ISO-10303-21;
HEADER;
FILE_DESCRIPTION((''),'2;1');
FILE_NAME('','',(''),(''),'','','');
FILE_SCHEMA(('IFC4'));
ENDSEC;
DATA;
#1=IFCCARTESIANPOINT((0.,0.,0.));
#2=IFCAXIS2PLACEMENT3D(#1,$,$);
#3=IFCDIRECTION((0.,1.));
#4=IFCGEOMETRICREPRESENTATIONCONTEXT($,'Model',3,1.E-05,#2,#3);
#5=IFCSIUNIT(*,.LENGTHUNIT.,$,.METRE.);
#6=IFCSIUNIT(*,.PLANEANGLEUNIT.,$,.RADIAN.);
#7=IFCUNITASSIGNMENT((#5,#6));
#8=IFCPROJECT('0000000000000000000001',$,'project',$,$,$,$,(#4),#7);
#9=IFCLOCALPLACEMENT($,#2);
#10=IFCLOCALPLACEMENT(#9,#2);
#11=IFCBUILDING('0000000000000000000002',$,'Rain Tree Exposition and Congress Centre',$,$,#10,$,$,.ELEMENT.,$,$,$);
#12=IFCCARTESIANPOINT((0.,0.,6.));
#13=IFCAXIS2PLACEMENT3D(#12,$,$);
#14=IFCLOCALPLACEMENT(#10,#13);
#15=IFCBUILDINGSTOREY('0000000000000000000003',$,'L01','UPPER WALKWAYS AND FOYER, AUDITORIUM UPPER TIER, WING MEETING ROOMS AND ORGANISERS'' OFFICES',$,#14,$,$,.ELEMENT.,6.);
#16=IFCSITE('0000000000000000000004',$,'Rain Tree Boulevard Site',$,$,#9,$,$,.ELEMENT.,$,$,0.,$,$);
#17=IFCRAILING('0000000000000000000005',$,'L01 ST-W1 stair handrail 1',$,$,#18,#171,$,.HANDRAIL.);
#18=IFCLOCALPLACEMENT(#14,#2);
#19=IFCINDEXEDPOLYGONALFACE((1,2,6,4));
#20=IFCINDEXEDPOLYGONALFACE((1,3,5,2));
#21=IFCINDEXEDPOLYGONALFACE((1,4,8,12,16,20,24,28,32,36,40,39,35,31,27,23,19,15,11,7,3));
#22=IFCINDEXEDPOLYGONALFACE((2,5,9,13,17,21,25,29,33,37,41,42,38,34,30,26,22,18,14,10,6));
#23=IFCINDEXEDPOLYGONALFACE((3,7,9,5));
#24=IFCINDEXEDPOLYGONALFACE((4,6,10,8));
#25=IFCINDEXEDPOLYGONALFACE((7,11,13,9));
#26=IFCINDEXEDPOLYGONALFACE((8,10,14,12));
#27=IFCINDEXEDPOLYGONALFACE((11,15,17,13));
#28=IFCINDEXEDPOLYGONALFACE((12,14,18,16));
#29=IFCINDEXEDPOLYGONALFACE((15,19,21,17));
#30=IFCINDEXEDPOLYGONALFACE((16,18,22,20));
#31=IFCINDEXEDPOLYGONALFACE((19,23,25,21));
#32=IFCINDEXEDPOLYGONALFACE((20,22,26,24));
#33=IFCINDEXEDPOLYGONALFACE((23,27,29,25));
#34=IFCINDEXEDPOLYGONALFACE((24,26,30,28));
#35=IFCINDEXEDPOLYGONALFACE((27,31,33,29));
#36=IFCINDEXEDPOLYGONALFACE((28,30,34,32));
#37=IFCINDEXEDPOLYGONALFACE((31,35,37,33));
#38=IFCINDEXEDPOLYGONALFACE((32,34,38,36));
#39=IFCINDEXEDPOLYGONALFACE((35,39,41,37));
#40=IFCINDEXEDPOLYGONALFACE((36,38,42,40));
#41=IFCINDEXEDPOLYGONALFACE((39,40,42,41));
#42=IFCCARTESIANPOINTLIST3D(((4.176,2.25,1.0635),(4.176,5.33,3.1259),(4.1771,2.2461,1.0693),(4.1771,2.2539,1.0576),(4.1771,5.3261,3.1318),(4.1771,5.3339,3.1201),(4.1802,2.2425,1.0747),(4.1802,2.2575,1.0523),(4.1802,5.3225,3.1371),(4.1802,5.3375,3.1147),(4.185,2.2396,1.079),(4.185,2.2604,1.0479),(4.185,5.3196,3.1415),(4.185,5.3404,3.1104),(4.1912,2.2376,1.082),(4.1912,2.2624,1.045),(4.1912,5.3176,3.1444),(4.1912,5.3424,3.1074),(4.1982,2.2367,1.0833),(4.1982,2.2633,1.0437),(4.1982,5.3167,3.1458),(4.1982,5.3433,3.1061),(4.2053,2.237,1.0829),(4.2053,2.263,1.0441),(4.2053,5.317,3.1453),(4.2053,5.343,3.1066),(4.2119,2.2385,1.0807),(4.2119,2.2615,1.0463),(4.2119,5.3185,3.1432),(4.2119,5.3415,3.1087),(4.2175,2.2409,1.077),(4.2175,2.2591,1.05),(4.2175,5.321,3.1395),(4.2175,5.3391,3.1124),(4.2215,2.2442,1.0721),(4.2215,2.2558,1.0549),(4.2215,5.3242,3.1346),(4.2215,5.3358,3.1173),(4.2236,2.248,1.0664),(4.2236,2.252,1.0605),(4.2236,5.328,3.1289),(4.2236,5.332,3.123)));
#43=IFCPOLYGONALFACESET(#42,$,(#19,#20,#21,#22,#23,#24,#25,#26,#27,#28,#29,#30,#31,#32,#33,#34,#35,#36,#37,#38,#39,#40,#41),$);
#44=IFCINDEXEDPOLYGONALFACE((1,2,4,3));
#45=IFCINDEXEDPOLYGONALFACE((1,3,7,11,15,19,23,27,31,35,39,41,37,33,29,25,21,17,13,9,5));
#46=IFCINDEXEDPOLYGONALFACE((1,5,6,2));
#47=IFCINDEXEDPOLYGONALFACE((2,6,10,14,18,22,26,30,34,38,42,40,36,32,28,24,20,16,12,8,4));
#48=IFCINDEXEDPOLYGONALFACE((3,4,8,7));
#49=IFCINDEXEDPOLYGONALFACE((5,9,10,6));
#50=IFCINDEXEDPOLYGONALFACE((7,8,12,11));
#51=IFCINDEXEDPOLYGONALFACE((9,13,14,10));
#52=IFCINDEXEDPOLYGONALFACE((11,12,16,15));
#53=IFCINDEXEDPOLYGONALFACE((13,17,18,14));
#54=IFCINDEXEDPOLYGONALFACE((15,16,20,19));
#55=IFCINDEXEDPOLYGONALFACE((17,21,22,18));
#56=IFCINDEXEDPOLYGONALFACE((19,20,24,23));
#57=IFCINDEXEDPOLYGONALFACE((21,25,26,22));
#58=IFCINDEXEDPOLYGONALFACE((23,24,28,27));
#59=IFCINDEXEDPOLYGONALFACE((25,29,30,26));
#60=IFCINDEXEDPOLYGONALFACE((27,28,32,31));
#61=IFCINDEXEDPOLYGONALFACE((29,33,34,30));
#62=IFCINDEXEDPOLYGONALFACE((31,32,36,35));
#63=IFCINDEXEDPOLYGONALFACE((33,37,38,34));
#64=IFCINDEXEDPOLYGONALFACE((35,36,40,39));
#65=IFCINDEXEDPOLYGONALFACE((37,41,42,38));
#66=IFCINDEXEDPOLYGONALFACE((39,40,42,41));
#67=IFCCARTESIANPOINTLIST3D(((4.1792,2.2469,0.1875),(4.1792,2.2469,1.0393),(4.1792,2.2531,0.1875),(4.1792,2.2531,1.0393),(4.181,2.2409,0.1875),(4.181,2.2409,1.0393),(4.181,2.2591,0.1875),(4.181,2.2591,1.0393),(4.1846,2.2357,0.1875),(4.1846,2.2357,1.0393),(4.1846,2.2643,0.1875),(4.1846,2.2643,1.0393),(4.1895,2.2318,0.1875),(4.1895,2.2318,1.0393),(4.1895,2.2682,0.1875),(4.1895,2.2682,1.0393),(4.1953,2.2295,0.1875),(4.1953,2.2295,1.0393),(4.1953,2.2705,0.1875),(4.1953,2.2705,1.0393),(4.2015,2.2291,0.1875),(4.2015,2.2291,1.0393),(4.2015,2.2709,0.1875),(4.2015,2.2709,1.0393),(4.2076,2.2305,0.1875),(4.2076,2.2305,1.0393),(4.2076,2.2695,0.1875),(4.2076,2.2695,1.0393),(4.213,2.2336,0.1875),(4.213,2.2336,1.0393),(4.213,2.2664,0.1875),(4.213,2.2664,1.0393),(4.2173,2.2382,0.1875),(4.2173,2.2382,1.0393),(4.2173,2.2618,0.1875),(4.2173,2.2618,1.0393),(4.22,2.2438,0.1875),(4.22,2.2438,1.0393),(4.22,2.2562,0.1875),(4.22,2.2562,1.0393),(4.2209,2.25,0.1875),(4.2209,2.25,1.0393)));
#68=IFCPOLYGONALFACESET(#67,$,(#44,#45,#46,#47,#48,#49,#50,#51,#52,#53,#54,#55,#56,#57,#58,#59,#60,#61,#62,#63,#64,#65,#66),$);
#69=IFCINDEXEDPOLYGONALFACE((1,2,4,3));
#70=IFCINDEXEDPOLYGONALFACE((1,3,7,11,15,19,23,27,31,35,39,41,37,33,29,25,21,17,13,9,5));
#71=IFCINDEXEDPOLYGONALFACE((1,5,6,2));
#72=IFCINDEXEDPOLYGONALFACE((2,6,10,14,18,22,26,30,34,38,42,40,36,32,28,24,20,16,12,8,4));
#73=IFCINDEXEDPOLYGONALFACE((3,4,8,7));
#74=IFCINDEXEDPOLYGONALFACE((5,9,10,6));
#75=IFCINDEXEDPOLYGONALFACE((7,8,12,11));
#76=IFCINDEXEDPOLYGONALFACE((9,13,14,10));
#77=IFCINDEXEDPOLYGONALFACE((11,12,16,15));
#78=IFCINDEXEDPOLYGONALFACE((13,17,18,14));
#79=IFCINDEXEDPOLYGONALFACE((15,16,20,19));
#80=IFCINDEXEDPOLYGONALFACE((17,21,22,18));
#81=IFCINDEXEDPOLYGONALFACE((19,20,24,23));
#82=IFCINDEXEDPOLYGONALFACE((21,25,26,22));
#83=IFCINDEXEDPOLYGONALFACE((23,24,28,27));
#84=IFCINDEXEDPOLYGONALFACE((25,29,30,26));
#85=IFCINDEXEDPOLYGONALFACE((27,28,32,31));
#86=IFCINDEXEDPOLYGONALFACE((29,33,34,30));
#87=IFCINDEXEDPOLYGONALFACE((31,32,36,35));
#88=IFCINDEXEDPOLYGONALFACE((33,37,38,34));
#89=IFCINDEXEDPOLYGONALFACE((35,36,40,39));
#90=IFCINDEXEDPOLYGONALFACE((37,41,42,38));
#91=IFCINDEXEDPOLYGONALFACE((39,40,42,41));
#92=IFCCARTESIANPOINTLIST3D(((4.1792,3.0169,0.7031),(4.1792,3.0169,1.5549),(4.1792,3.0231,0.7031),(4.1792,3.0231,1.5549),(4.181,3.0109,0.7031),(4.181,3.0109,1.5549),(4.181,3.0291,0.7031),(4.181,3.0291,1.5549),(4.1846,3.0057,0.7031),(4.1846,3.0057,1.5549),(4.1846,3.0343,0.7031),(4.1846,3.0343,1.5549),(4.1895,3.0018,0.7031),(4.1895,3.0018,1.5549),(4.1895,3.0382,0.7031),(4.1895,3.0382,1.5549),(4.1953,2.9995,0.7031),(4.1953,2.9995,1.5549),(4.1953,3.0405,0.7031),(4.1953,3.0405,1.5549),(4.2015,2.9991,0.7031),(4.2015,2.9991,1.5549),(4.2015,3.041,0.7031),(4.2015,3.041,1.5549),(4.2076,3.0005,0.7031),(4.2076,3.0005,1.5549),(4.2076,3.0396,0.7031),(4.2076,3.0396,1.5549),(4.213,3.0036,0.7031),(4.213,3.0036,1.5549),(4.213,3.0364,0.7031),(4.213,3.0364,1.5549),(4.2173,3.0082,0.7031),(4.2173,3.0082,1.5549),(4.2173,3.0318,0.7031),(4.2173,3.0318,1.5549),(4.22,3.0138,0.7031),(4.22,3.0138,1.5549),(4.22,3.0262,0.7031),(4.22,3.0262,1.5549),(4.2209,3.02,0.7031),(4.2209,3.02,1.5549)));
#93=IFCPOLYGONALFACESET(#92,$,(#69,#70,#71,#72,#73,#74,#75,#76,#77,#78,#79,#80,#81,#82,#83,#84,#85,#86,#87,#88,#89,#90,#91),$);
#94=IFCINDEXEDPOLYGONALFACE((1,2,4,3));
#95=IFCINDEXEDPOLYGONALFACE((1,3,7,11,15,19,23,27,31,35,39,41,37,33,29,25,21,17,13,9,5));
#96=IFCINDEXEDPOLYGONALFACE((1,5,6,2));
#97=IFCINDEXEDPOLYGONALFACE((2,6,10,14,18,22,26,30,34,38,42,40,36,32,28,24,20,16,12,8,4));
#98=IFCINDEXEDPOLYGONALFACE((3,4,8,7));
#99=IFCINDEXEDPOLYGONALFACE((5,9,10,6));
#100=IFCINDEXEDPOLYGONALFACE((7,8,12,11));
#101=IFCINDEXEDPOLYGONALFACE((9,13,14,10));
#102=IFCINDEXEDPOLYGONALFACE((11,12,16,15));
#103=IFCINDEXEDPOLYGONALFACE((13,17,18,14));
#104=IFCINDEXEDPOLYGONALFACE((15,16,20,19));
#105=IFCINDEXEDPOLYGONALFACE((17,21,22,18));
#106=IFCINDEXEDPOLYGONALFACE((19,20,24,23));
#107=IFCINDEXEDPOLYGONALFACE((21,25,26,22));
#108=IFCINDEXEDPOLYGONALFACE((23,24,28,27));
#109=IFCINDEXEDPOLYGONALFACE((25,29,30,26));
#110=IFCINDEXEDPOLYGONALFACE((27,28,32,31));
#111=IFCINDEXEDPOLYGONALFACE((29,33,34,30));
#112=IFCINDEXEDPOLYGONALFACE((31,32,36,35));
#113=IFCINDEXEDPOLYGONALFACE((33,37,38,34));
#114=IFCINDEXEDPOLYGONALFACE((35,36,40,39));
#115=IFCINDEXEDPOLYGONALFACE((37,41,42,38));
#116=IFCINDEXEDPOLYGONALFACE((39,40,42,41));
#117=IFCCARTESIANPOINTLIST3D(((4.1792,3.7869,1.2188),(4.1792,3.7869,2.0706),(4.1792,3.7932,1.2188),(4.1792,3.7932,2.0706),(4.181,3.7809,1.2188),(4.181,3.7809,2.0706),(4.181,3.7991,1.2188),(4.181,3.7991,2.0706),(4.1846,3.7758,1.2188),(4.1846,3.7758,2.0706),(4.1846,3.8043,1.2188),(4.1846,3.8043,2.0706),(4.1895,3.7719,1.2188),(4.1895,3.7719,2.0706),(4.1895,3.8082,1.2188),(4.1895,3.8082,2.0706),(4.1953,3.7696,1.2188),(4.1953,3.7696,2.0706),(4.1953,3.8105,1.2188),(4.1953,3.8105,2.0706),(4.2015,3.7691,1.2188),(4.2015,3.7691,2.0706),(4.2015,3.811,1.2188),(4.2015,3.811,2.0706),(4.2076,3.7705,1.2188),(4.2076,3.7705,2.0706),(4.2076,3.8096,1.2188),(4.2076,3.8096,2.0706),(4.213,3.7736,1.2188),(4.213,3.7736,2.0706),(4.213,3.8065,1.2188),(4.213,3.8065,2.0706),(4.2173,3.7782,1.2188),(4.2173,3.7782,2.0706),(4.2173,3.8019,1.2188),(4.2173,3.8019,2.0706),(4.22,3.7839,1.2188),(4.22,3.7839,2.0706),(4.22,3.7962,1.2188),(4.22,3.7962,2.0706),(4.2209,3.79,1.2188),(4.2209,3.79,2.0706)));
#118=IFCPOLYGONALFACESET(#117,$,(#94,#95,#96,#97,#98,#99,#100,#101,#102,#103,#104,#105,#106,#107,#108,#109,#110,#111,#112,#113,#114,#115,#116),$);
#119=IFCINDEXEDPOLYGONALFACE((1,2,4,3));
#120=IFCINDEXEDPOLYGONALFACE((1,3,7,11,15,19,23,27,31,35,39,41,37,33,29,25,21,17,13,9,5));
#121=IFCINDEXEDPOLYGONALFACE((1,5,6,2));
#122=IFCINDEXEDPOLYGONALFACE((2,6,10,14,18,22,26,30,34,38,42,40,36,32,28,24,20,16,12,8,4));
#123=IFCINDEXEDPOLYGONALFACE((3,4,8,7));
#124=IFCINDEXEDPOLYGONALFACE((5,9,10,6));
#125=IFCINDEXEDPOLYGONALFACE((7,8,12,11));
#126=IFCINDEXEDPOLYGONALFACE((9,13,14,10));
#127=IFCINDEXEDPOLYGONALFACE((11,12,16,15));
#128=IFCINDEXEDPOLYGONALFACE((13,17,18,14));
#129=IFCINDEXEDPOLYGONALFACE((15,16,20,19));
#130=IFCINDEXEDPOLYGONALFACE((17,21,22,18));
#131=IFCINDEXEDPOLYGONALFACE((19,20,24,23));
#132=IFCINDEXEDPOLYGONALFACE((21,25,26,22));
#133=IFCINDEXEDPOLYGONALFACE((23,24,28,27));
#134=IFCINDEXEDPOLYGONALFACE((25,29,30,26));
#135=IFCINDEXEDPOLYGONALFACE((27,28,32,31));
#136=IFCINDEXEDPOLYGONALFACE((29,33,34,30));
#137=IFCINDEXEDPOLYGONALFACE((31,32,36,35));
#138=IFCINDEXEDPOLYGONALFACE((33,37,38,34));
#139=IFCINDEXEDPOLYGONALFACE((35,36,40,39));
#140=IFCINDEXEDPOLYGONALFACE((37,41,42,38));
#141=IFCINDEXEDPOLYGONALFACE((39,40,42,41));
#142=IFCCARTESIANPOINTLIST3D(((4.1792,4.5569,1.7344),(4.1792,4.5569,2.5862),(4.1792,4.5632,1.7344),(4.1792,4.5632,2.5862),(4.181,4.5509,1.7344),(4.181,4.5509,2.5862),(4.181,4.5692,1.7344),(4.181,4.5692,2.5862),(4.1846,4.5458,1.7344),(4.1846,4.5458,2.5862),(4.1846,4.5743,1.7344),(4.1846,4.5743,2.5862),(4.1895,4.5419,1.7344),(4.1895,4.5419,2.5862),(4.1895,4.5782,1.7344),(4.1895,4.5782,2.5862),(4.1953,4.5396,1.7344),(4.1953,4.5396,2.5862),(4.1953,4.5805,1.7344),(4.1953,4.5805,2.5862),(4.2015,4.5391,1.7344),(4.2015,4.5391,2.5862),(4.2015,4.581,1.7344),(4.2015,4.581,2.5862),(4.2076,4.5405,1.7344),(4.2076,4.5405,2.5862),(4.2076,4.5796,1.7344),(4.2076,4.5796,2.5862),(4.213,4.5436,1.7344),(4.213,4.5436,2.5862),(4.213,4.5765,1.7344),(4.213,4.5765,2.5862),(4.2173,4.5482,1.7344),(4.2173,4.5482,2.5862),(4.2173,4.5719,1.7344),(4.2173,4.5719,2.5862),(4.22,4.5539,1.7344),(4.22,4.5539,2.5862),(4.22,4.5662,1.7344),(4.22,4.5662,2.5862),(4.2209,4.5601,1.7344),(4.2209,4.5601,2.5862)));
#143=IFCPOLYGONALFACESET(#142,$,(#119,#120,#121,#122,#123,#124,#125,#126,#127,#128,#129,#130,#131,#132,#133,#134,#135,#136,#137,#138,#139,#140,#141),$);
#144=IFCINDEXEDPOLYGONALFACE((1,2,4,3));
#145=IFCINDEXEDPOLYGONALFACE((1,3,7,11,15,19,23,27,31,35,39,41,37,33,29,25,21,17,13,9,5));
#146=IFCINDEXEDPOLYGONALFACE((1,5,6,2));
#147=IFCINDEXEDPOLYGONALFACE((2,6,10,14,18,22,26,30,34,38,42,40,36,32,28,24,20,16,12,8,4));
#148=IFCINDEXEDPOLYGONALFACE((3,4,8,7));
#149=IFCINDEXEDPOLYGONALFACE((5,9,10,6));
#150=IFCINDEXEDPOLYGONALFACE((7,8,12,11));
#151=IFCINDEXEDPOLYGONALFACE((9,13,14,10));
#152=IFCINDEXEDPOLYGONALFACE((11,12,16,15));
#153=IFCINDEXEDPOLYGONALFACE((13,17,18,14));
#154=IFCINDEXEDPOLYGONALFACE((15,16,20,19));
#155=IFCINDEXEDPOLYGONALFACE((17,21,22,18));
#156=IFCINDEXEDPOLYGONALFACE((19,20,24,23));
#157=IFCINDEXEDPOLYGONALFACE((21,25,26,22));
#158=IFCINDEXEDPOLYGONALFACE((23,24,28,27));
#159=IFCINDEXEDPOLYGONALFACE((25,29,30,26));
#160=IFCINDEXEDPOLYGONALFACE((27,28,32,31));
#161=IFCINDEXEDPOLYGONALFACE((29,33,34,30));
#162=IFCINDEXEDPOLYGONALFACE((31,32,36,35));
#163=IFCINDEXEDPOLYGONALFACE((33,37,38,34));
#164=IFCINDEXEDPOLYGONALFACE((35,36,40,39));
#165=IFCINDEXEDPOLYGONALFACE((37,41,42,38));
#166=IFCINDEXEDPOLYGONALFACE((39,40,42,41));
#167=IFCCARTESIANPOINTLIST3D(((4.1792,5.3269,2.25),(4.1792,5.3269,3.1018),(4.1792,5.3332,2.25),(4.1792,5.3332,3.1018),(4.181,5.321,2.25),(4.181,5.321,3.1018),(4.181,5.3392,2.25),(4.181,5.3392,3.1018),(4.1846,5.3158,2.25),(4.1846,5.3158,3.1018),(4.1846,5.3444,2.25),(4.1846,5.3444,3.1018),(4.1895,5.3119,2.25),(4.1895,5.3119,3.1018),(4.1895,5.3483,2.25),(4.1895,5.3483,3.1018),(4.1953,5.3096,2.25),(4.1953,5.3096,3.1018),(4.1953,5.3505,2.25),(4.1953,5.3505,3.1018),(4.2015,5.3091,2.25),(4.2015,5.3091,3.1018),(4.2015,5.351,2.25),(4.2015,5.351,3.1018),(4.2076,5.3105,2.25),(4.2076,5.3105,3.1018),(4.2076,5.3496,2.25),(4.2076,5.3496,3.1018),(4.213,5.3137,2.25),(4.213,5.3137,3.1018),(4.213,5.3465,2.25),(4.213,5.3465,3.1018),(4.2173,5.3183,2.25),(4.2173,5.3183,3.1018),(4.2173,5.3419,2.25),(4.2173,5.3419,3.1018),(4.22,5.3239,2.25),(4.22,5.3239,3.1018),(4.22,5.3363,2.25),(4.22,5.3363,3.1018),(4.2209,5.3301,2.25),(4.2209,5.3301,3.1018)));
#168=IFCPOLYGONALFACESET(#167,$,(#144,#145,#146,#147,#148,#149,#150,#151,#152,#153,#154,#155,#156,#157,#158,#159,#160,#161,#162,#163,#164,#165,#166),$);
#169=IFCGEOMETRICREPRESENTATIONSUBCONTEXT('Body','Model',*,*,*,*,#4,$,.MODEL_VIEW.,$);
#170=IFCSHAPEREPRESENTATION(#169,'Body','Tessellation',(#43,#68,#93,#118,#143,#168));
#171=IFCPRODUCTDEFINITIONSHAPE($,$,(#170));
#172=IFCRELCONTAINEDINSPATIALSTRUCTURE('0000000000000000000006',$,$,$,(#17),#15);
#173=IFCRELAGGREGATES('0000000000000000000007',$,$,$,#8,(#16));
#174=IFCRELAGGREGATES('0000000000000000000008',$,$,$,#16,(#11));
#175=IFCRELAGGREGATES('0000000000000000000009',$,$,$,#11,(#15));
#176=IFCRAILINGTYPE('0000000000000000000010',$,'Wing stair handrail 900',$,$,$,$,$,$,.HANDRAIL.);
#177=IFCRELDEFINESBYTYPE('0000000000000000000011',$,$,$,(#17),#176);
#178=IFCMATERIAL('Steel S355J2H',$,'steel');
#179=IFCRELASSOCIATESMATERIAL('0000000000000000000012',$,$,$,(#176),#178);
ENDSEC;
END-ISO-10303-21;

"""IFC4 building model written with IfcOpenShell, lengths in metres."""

from ifc_helpers import new_model, si_unit, direction, frame, origin, origin_2d, place, context, subcontext, project, spatial, circle, extrude, material, type_object, element, save


model = new_model("IFC4")

# Units and contexts
model_context = context("Model", 3, precision=1e-05, world=origin(), true_north=direction((0.0, 1.0)))
body_context = subcontext(model_context, "Body", "Model", "MODEL_VIEW")
ifc_project = project(units=[si_unit("LENGTHUNIT", "METRE"), si_unit("PLANEANGLEUNIT", "RADIAN")], contexts=[model_context])

# Site, building, storey
site_placement = place(None, origin())
site = spatial("IfcSite", under=ifc_project, at=site_placement, Name="Rain Tree Boulevard Site", CompositionType="ELEMENT", RefElevation=0.0)
building_placement = place(site_placement, origin())
building = spatial("IfcBuilding", under=site, at=building_placement, Name="Rain Tree Exposition and Congress Centre", CompositionType="ELEMENT")
storey_placement = place(building_placement, frame((0.0, 0.0, 6.0)))
storey = spatial("IfcBuildingStorey", under=building, at=storey_placement, Name="L01", Description="UPPER WALKWAYS AND FOYER, AUDITORIUM UPPER TIER, WING MEETING ROOMS AND ORGANISERS' OFFICES", CompositionType="ELEMENT", Elevation=6.0)

# Railing
ifc_material_1 = material(Name="Steel S355J2H", Category="steel")
railing_type_1 = type_object("IfcRailingType", Name="Wing stair handrail 900", PredefinedType="HANDRAIL", material=ifc_material_1)
railing_1_placement = place(storey_placement, frame((4.2, 2.25, 0.1875)))
element("IfcRailing", 1, at=railing_1_placement, inside=storey, type_object=railing_type_1, Name="L01 ST-W1 stair handrail 1", PredefinedType="HANDRAIL", context=body_context, shape_type="SweptSolid", body=[
    extrude(circle(Radius=0.0239, at=origin_2d()), frame((0.0, 0.0, 0.876), z_axis=(0.0, 0.830914, 0.556401), x_axis=(-1.0, 0.0, 0.0)), (0.0, 0.0, 1.0), 3.7068),
    extrude(circle(Radius=0.021, at=origin_2d()), origin(), (0.0, 0.0, 1.0), 0.8518),
    extrude(circle(Radius=0.021, at=origin_2d()), frame((0.0, 0.77, 0.5156)), (0.0, 0.0, 1.0), 0.8518),
    extrude(circle(Radius=0.021, at=origin_2d()), frame((0.0, 1.54, 1.0312)), (0.0, 0.0, 1.0), 0.8518),
    extrude(circle(Radius=0.021, at=origin_2d()), frame((0.0, 2.3101, 1.5469)), (0.0, 0.0, 1.0), 0.8518),
    extrude(circle(Radius=0.021, at=origin_2d()), frame((0.0, 3.0801, 2.0625)), (0.0, 0.0, 1.0), 0.8518),
])

save(model, "model.ifc")
